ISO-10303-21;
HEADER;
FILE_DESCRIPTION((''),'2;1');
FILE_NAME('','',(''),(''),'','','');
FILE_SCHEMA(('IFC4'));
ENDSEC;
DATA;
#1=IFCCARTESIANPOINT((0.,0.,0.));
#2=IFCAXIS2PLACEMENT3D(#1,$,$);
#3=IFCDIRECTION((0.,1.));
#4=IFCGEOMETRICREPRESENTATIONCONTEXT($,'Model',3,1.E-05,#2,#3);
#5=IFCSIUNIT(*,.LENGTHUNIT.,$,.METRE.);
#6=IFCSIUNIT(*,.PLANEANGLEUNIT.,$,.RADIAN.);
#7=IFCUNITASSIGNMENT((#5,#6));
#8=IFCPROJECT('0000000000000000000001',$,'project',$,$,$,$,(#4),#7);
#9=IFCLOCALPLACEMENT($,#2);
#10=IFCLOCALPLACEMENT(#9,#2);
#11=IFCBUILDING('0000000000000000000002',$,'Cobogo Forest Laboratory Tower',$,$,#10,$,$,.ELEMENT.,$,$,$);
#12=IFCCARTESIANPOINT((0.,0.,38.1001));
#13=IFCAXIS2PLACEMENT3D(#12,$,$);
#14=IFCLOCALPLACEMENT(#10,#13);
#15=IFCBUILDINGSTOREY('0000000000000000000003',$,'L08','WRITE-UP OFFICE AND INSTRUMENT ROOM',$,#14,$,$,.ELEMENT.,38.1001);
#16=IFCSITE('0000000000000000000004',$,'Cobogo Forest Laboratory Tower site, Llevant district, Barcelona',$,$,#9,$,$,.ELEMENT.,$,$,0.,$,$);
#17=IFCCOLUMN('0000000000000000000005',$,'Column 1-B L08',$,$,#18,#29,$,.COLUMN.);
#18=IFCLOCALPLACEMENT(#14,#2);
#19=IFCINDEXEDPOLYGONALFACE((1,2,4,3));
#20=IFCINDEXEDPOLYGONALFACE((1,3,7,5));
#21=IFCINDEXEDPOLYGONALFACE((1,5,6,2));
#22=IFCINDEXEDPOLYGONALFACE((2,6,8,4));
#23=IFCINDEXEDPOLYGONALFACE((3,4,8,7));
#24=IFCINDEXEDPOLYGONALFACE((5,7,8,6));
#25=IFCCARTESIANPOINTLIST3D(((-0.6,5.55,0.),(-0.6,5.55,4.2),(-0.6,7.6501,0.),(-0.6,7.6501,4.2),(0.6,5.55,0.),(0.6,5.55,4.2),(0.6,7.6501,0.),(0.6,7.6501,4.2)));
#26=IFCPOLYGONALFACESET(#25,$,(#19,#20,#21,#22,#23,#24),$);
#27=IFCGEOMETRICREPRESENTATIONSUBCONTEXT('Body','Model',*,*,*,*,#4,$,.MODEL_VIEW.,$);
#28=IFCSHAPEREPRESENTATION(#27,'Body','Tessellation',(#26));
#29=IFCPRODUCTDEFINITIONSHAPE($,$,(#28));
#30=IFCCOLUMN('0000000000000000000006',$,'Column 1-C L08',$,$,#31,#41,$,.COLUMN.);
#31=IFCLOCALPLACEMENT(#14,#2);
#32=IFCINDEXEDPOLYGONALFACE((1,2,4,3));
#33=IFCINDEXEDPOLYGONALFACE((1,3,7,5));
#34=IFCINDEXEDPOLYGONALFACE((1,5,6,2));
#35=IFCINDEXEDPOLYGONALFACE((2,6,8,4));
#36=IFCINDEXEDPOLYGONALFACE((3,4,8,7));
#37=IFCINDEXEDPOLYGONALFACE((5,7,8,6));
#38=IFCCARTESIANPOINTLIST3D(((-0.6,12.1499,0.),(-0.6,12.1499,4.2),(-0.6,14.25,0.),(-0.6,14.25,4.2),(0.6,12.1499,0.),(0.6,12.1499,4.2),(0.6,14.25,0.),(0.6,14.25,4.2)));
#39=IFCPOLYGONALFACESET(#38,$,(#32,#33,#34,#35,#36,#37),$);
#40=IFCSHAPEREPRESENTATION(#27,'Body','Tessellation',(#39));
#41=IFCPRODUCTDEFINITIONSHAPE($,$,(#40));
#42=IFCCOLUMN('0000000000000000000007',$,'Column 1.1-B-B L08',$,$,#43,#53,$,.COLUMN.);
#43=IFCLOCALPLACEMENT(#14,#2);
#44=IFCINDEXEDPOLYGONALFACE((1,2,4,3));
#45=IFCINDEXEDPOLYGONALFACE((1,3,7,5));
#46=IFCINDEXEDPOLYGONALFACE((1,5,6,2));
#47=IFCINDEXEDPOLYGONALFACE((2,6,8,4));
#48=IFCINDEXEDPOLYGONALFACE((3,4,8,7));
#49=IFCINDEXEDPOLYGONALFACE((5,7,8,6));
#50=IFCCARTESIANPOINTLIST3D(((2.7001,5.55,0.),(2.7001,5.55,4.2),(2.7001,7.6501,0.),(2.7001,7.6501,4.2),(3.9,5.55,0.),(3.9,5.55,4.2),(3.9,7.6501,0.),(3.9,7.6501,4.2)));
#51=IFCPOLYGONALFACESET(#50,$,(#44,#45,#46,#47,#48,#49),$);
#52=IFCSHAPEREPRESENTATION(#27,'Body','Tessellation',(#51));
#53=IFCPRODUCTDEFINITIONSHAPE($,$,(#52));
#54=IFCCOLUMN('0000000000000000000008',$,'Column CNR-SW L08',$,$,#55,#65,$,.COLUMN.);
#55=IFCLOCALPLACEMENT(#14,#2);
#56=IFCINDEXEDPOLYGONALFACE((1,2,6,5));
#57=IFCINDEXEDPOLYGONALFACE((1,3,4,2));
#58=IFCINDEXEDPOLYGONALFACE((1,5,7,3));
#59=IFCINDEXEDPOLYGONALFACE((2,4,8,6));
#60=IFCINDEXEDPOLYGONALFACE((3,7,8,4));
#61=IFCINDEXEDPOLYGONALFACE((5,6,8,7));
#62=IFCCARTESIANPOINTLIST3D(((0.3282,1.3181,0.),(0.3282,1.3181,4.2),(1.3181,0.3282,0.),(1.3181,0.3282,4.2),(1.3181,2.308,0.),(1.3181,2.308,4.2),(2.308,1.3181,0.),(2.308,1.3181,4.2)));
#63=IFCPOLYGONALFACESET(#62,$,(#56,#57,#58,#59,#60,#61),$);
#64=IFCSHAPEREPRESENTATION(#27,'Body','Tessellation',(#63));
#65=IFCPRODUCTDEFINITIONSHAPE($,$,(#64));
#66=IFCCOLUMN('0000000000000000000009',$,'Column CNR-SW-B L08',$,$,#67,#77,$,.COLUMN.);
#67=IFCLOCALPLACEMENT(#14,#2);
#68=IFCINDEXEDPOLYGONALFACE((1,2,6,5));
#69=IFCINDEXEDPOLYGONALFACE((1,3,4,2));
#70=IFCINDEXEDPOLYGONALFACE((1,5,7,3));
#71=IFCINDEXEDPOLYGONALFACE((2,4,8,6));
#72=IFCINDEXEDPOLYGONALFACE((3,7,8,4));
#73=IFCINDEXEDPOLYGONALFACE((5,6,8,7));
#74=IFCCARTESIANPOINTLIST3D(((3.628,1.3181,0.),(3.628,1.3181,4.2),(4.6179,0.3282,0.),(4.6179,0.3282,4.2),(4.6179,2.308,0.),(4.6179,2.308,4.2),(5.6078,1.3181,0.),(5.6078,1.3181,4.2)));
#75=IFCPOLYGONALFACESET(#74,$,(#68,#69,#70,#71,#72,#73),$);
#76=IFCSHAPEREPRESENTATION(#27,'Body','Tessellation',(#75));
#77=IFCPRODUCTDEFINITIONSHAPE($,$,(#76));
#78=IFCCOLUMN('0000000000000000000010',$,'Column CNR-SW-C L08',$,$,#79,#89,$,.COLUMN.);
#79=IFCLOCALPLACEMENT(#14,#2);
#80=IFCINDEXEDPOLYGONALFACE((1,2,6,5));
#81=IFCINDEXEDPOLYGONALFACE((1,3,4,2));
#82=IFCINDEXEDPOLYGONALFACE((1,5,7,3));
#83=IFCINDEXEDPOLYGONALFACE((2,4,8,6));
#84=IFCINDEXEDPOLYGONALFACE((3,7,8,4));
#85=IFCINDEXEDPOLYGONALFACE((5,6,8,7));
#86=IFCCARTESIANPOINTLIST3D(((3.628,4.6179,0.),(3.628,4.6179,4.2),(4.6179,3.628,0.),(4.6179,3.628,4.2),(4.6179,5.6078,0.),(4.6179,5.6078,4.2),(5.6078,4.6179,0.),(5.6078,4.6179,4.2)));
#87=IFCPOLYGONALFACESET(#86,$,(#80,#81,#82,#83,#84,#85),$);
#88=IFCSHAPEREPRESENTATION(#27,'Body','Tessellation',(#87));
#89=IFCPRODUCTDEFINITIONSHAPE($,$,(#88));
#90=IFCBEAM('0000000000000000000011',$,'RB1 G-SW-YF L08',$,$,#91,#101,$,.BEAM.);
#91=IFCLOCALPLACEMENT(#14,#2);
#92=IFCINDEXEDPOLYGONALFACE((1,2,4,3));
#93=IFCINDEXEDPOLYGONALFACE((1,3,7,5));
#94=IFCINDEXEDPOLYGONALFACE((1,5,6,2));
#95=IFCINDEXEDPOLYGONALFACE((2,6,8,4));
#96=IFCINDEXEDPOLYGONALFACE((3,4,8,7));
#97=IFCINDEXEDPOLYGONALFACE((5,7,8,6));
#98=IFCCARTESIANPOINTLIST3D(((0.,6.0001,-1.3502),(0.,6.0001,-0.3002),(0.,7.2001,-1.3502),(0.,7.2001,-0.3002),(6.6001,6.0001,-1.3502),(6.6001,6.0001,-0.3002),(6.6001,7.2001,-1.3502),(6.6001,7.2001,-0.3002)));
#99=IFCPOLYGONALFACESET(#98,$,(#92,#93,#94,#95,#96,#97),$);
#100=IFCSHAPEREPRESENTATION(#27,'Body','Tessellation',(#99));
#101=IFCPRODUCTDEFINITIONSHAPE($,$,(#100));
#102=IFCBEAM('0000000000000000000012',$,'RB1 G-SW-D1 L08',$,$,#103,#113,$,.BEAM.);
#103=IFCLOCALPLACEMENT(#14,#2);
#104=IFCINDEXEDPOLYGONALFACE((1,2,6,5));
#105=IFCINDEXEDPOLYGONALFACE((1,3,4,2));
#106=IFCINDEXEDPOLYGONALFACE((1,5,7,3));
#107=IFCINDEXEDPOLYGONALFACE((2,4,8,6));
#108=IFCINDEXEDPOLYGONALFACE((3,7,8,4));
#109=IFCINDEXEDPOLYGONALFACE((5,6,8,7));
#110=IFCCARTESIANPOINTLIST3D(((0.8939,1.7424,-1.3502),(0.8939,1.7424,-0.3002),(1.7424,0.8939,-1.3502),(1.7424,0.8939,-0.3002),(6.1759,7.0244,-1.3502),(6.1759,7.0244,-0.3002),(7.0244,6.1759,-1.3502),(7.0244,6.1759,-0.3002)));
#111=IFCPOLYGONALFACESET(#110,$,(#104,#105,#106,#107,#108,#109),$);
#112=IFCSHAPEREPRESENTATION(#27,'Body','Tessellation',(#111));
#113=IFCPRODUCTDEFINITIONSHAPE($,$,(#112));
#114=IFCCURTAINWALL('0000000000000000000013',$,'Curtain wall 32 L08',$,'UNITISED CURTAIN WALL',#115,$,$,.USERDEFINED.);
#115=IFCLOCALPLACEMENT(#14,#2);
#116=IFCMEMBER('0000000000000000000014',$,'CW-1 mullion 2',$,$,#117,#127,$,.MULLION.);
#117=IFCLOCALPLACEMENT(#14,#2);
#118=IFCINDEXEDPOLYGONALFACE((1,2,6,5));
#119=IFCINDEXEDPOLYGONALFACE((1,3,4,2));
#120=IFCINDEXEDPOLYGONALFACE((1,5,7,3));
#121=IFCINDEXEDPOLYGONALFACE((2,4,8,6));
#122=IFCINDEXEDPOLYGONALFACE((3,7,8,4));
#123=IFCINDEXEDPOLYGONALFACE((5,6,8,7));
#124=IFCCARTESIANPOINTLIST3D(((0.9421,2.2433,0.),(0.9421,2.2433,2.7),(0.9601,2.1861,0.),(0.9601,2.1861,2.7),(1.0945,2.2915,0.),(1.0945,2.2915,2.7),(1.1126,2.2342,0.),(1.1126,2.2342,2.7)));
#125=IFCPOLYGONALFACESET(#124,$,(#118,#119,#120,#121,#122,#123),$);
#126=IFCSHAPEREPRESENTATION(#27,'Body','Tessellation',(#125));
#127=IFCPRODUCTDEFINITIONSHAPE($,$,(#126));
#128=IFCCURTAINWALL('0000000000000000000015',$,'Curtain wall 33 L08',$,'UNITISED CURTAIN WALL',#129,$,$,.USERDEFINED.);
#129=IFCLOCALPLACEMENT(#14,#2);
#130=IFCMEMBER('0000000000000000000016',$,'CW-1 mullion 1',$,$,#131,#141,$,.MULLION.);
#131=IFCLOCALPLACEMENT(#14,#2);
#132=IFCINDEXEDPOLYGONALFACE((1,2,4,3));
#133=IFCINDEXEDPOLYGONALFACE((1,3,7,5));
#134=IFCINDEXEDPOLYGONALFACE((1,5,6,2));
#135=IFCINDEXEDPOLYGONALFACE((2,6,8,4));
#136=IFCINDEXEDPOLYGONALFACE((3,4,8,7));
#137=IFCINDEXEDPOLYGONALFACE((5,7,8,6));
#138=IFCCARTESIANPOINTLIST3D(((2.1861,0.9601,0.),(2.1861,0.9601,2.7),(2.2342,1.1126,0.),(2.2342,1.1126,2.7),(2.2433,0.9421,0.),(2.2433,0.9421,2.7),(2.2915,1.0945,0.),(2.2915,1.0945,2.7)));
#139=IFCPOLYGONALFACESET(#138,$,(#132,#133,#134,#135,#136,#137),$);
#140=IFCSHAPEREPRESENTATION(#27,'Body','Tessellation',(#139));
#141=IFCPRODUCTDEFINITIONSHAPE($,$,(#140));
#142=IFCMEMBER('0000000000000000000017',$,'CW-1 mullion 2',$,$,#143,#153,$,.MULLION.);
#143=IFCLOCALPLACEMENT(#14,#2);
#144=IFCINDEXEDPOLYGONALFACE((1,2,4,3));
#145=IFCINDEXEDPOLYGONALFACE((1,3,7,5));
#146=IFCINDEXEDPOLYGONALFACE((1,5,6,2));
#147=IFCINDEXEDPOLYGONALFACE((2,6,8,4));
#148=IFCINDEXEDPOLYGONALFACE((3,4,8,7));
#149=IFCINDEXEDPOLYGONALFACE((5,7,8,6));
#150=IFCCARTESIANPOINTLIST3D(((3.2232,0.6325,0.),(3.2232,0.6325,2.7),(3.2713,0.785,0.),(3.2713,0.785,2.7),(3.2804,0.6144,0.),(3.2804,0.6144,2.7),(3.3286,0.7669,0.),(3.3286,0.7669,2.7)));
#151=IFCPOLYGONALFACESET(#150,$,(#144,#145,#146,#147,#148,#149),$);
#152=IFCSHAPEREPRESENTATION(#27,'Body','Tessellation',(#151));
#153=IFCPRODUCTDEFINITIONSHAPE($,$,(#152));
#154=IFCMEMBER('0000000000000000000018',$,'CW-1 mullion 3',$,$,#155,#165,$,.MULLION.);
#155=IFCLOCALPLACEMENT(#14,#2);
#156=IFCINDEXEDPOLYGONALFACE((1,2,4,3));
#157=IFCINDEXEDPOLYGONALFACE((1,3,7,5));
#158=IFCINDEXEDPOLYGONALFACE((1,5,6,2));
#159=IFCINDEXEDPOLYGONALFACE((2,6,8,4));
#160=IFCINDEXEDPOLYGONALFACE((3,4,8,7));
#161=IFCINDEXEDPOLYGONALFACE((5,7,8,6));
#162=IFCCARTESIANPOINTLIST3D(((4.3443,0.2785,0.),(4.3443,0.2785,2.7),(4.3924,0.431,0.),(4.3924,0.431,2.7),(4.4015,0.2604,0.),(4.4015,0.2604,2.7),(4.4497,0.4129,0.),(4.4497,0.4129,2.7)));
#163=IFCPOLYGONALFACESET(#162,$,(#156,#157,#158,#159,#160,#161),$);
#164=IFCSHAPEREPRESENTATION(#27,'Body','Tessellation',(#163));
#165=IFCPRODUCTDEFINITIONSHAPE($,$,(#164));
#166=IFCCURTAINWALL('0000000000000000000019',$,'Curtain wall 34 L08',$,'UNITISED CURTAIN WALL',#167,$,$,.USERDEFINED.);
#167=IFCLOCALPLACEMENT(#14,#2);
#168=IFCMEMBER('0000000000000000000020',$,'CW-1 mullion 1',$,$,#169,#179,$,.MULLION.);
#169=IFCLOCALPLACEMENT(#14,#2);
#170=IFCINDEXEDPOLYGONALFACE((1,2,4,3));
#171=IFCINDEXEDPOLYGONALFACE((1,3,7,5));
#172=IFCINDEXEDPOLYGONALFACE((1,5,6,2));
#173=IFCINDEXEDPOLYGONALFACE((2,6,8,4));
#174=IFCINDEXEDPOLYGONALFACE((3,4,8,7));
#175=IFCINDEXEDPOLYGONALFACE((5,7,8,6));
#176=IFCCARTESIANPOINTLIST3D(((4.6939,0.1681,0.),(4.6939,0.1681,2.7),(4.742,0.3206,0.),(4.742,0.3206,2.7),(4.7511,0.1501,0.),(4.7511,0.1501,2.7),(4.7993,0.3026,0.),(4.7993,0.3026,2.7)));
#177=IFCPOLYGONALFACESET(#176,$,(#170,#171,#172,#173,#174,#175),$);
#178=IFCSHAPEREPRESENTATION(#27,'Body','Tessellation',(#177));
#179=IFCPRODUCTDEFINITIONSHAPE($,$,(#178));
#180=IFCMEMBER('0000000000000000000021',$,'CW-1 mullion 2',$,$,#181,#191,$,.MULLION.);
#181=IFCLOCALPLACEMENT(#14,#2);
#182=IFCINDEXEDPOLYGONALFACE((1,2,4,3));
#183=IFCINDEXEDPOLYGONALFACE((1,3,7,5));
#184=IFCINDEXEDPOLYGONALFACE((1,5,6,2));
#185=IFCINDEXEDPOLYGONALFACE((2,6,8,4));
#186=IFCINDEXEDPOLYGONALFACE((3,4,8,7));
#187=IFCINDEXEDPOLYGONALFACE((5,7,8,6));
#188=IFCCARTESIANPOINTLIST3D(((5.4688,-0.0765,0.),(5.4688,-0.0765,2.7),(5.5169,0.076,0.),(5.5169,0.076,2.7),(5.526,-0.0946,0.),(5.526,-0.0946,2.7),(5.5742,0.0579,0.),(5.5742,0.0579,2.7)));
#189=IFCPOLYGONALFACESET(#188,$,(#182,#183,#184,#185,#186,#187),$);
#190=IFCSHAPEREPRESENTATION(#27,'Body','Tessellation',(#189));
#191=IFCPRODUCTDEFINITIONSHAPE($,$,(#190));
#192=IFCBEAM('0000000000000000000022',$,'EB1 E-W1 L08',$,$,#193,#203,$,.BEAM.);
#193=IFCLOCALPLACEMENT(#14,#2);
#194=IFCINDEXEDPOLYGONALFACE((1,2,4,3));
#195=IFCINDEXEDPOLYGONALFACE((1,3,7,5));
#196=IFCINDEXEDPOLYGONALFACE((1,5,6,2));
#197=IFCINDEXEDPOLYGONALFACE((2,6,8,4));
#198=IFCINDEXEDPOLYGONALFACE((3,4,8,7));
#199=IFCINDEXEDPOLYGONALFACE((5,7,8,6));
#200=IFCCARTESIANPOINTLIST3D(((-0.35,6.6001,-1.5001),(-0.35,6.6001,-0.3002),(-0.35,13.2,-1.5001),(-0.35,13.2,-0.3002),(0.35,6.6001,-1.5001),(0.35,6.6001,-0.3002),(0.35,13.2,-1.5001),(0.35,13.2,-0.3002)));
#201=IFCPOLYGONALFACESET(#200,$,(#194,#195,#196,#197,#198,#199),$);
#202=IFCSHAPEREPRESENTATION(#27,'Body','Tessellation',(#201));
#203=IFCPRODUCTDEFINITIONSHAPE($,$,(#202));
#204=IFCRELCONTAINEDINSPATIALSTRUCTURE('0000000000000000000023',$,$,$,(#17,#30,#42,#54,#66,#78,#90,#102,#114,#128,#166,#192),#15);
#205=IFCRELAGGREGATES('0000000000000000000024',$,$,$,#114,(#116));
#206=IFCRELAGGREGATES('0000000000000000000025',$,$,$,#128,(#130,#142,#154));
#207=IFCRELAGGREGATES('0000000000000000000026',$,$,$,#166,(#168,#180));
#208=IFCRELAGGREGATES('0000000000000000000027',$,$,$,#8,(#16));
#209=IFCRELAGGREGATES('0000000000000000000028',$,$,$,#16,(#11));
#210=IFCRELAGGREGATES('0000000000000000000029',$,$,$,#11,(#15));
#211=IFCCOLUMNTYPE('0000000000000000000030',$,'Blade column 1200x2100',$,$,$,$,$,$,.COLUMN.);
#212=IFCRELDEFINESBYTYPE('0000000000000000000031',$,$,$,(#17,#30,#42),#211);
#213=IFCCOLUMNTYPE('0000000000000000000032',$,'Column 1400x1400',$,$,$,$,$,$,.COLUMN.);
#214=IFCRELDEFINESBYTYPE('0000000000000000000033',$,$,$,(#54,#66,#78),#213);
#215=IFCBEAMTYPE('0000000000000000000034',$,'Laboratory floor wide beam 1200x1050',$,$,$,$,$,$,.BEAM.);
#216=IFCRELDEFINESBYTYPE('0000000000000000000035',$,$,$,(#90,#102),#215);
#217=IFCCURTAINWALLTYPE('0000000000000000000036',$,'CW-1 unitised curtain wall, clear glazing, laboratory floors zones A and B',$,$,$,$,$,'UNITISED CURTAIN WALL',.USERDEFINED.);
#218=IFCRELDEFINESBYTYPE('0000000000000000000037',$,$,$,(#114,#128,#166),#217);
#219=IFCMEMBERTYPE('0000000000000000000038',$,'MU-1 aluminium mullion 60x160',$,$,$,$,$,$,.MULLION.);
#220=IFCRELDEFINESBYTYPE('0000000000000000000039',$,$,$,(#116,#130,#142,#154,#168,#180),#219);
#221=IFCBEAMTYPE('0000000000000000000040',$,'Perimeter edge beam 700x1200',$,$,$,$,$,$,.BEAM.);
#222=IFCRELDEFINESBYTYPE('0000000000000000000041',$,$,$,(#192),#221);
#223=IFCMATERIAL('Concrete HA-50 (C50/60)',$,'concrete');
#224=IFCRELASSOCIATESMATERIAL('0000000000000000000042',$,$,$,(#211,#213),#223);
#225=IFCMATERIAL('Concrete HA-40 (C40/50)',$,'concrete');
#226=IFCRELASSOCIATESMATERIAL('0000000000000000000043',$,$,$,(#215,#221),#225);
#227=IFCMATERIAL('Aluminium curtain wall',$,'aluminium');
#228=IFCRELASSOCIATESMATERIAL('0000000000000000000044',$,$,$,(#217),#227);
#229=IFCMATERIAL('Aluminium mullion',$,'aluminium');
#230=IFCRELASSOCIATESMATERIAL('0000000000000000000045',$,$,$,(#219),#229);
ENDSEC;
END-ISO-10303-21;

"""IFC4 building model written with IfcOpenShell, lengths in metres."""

from ifc_helpers import new_model, si_unit, direction, frame, origin, origin_2d, place, context, subcontext, project, spatial, rectangle, extrude, material, material_profile, profile_set, type_object, element, aggregate, save


model = new_model("IFC4")

# Units and contexts
model_context = context("Model", 3, precision=1e-05, world=origin(), true_north=direction((0.0, 1.0)))
body_context = subcontext(model_context, "Body", "Model", "MODEL_VIEW")
ifc_project = project(units=[si_unit("LENGTHUNIT", "METRE"), si_unit("PLANEANGLEUNIT", "RADIAN")], contexts=[model_context])

# Site, building, storey
site_placement = place(None, origin())
site = spatial("IfcSite", under=ifc_project, at=site_placement, Name="Cobogo Forest Laboratory Tower site, Llevant district, Barcelona", CompositionType="ELEMENT", RefElevation=0.0)
building_placement = place(site_placement, origin())
building = spatial("IfcBuilding", under=site, at=building_placement, Name="Cobogo Forest Laboratory Tower", CompositionType="ELEMENT")
storey_placement = place(building_placement, frame((0.0, 0.0, 38.1001)))
storey = spatial("IfcBuildingStorey", under=building, at=storey_placement, Name="L08", Description="WRITE-UP OFFICE AND INSTRUMENT ROOM", CompositionType="ELEMENT", Elevation=38.1001)

# Columns
ifc_material_1 = material(Name="Concrete HA-50 (C50/60)", Category="concrete")
ifc_material_profile_1 = material_profile(ifc_material_1, rectangle(XDim=2.1001, YDim=1.2, at=origin_2d()), Name="RC 1200x2100")
ifc_profile_set_1 = profile_set([ifc_material_profile_1], Name="Concrete HA-50 (C50/60)")
column_type_1 = type_object("IfcColumnType", Name="Blade column 1200x2100", PredefinedType="COLUMN", material=ifc_profile_set_1)
for number, where, z_axis, x_axis, name in (
    (1, (0.0, 6.6001, 0.0), (0.0, 0.0, 1.0), (0.0, 1.0, 0.0), "Column 1-B L08"),
    (2, (0.0, 13.2, 0.0), (0.0, 0.0, 1.0), (0.0, 1.0, 0.0), "Column 1-C L08"),
    (3, (3.3, 6.6001, 0.0), (0.0, 0.0, 1.0), (0.0, 1.0, 0.0), "Column 1.1-B-B L08"),
):
    element("IfcColumn", number, at=place(storey_placement, frame(where, z_axis=z_axis, x_axis=x_axis)), inside=storey, type_object=column_type_1, Name=name, PredefinedType="COLUMN", context=body_context, shape_type="SweptSolid", body=[
        extrude(rectangle(XDim=2.1001, YDim=1.2, at=origin_2d()), origin(), (0.0, 0.0, 1.0), 4.2),
    ])
ifc_material_profile_2 = material_profile(ifc_material_1, rectangle(XDim=1.3999, YDim=1.3999, at=origin_2d()), Name="RC 1400x1400")
ifc_profile_set_2 = profile_set([ifc_material_profile_2], Name="Concrete HA-50 (C50/60)")
column_type_2 = type_object("IfcColumnType", Name="Column 1400x1400", PredefinedType="COLUMN", material=ifc_profile_set_2)
for number, where, z_axis, x_axis, name in (
    (4, (1.3181, 1.3181, 0.0), (0.0, 0.0, 1.0), (0.707107, 0.707107, 0.0), "Column CNR-SW L08"),
    (5, (4.6179, 1.3181, 0.0), (0.0, 0.0, 1.0), (0.707107, 0.707107, 0.0), "Column CNR-SW-B L08"),
    (6, (4.6179, 4.6179, 0.0), (0.0, 0.0, 1.0), (0.707107, 0.707107, 0.0), "Column CNR-SW-C L08"),
):
    element("IfcColumn", number, at=place(storey_placement, frame(where, z_axis=z_axis, x_axis=x_axis)), inside=storey, type_object=column_type_2, Name=name, PredefinedType="COLUMN", context=body_context, shape_type="SweptSolid", body=[
        extrude(rectangle(XDim=1.3999, YDim=1.3999, at=origin_2d()), origin(), (0.0, 0.0, 1.0), 4.2),
    ])

# Beams
ifc_material_2 = material(Name="Concrete HA-40 (C40/50)", Category="concrete")
ifc_material_profile_3 = material_profile(ifc_material_2, rectangle(XDim=1.2, YDim=1.05, at=origin_2d()), Name="RC 1200x1050")
ifc_profile_set_3 = profile_set([ifc_material_profile_3], Name="Concrete HA-40 (C40/50)")
beam_type_1 = type_object("IfcBeamType", Name="Laboratory floor wide beam 1200x1050", PredefinedType="BEAM", material=ifc_profile_set_3)
beam_1_placement = place(storey_placement, frame((0.0, 6.6001, -0.8252), z_axis=(1.0, 0.0, 0.0), x_axis=(0.0, 1.0, 0.0)))
element("IfcBeam", 7, at=beam_1_placement, inside=storey, type_object=beam_type_1, Name="RB1 G-SW-YF L08", PredefinedType="BEAM", context=body_context, shape_type="SweptSolid", body=[
    extrude(rectangle(XDim=1.2, YDim=1.05, at=origin_2d()), origin(), (0.0, 0.0, 1.0), 6.6001),
])
beam_2_placement = place(storey_placement, frame((1.3181, 1.3181, -0.8252), z_axis=(0.707107, 0.707107, 0.0), x_axis=(-0.707107, 0.707107, 0.0)))
element("IfcBeam", 8, at=beam_2_placement, inside=storey, type_object=beam_type_1, Name="RB1 G-SW-D1 L08", PredefinedType="BEAM", context=body_context, shape_type="SweptSolid", body=[
    extrude(rectangle(XDim=1.2, YDim=1.05, at=origin_2d()), origin(), (0.0, 0.0, 1.0), 7.47),
])

# Curtain wall, member
ifc_material_3 = material(Name="Aluminium curtain wall", Category="aluminium")
curtain_wall_type = type_object("IfcCurtainWallType", Name="CW-1 unitised curtain wall, clear glazing, laboratory floors zones A and B", ElementType="UNITISED CURTAIN WALL", PredefinedType="USERDEFINED", material=ifc_material_3)
curtain_wall_1_placement = place(storey_placement, origin())
curtain_wall_1 = element("IfcCurtainWall", 9, at=curtain_wall_1_placement, inside=storey, type_object=curtain_wall_type, Name="Curtain wall 32 L08", ObjectType="UNITISED CURTAIN WALL", PredefinedType="USERDEFINED")
ifc_material_4 = material(Name="Aluminium mullion", Category="aluminium")
ifc_material_profile_4 = material_profile(ifc_material_4, rectangle(XDim=0.0601, YDim=0.1599, at=origin_2d()), Name="AL 60x160")
ifc_profile_set_4 = profile_set([ifc_material_profile_4], Name="Aluminium mullion")
member_type_1 = type_object("IfcMemberType", Name="MU-1 aluminium mullion 60x160", PredefinedType="MULLION", material=ifc_profile_set_4)
member_1_placement = place(storey_placement, frame((1.0273, 2.2388, 0.0), z_axis=(0.0, 0.0, 1.0), x_axis=(0.301135, -0.953581, 0.0)))
member_1 = element("IfcMember", 10, at=member_1_placement, type_object=member_type_1, Name="CW-1 mullion 2", PredefinedType="MULLION", context=body_context, shape_type="SweptSolid", body=[
    extrude(rectangle(XDim=0.0601, YDim=0.1599, at=origin_2d()), origin(), (0.0, 0.0, 1.0), 2.7),
])

# Curtain walls, members
curtain_wall_2_placement = place(storey_placement, origin())
curtain_wall_2 = element("IfcCurtainWall", 11, at=curtain_wall_2_placement, inside=storey, type_object=curtain_wall_type, Name="Curtain wall 33 L08", ObjectType="UNITISED CURTAIN WALL", PredefinedType="USERDEFINED")
member_2_placement = place(storey_placement, frame((2.2388, 1.0273, 0.0), z_axis=(0.0, 0.0, 1.0), x_axis=(0.953581, -0.301135, 0.0)))
member_2 = element("IfcMember", 12, at=member_2_placement, type_object=member_type_1, Name="CW-1 mullion 1", PredefinedType="MULLION", context=body_context, shape_type="SweptSolid", body=[
    extrude(rectangle(XDim=0.0601, YDim=0.1599, at=origin_2d()), origin(), (0.0, 0.0, 1.0), 2.7),
])
member_3_placement = place(storey_placement, frame((3.2759, 0.6997, 0.0), z_axis=(0.0, 0.0, 1.0), x_axis=(0.953581, -0.301135, 0.0)))
member_3 = element("IfcMember", 13, at=member_3_placement, type_object=member_type_1, Name="CW-1 mullion 2", PredefinedType="MULLION", context=body_context, shape_type="SweptSolid", body=[
    extrude(rectangle(XDim=0.0601, YDim=0.1599, at=origin_2d()), origin(), (0.0, 0.0, 1.0), 2.7),
])
member_4_placement = place(storey_placement, frame((4.397, 0.3457, 0.0), z_axis=(0.0, 0.0, 1.0), x_axis=(0.953581, -0.301135, 0.0)))
member_4 = element("IfcMember", 14, at=member_4_placement, type_object=member_type_1, Name="CW-1 mullion 3", PredefinedType="MULLION", context=body_context, shape_type="SweptSolid", body=[
    extrude(rectangle(XDim=0.0601, YDim=0.1599, at=origin_2d()), origin(), (0.0, 0.0, 1.0), 2.7),
])
curtain_wall_3_placement = place(storey_placement, origin())
curtain_wall_3 = element("IfcCurtainWall", 15, at=curtain_wall_3_placement, inside=storey, type_object=curtain_wall_type, Name="Curtain wall 34 L08", ObjectType="UNITISED CURTAIN WALL", PredefinedType="USERDEFINED")
member_5_placement = place(storey_placement, frame((4.7466, 0.2354, 0.0), z_axis=(0.0, 0.0, 1.0), x_axis=(0.953582, -0.301135, 0.0)))
member_5 = element("IfcMember", 16, at=member_5_placement, type_object=member_type_1, Name="CW-1 mullion 1", PredefinedType="MULLION", context=body_context, shape_type="SweptSolid", body=[
    extrude(rectangle(XDim=0.0601, YDim=0.1599, at=origin_2d()), origin(), (0.0, 0.0, 1.0), 2.7),
])
member_6_placement = place(storey_placement, frame((5.5215, -0.0093, 0.0), z_axis=(0.0, 0.0, 1.0), x_axis=(0.953582, -0.301135, 0.0)))
member_6 = element("IfcMember", 17, at=member_6_placement, type_object=member_type_1, Name="CW-1 mullion 2", PredefinedType="MULLION", context=body_context, shape_type="SweptSolid", body=[
    extrude(rectangle(XDim=0.0601, YDim=0.1599, at=origin_2d()), origin(), (0.0, 0.0, 1.0), 2.7),
])

# Beam
ifc_material_profile_5 = material_profile(ifc_material_2, rectangle(XDim=0.7, YDim=1.2, at=origin_2d()), Name="RC 700x1200")
ifc_profile_set_5 = profile_set([ifc_material_profile_5], Name="Concrete HA-40 (C40/50)")
beam_type_2 = type_object("IfcBeamType", Name="Perimeter edge beam 700x1200", PredefinedType="BEAM", material=ifc_profile_set_5)
beam_3_placement = place(storey_placement, frame((0.0, 6.6001, -0.9001), z_axis=(0.0, 1.0, 0.0), x_axis=(-1.0, 0.0, 0.0)))
element("IfcBeam", 18, at=beam_3_placement, inside=storey, type_object=beam_type_2, Name="EB1 E-W1 L08", PredefinedType="BEAM", context=body_context, shape_type="SweptSolid", body=[
    extrude(rectangle(XDim=0.7, YDim=1.2, at=origin_2d()), origin(), (0.0, 0.0, 1.0), 6.5999),
])

aggregate(curtain_wall_1, [member_1])
aggregate(curtain_wall_2, [member_2, member_3, member_4])
aggregate(curtain_wall_3, [member_5, member_6])

save(model, "model.ifc")
